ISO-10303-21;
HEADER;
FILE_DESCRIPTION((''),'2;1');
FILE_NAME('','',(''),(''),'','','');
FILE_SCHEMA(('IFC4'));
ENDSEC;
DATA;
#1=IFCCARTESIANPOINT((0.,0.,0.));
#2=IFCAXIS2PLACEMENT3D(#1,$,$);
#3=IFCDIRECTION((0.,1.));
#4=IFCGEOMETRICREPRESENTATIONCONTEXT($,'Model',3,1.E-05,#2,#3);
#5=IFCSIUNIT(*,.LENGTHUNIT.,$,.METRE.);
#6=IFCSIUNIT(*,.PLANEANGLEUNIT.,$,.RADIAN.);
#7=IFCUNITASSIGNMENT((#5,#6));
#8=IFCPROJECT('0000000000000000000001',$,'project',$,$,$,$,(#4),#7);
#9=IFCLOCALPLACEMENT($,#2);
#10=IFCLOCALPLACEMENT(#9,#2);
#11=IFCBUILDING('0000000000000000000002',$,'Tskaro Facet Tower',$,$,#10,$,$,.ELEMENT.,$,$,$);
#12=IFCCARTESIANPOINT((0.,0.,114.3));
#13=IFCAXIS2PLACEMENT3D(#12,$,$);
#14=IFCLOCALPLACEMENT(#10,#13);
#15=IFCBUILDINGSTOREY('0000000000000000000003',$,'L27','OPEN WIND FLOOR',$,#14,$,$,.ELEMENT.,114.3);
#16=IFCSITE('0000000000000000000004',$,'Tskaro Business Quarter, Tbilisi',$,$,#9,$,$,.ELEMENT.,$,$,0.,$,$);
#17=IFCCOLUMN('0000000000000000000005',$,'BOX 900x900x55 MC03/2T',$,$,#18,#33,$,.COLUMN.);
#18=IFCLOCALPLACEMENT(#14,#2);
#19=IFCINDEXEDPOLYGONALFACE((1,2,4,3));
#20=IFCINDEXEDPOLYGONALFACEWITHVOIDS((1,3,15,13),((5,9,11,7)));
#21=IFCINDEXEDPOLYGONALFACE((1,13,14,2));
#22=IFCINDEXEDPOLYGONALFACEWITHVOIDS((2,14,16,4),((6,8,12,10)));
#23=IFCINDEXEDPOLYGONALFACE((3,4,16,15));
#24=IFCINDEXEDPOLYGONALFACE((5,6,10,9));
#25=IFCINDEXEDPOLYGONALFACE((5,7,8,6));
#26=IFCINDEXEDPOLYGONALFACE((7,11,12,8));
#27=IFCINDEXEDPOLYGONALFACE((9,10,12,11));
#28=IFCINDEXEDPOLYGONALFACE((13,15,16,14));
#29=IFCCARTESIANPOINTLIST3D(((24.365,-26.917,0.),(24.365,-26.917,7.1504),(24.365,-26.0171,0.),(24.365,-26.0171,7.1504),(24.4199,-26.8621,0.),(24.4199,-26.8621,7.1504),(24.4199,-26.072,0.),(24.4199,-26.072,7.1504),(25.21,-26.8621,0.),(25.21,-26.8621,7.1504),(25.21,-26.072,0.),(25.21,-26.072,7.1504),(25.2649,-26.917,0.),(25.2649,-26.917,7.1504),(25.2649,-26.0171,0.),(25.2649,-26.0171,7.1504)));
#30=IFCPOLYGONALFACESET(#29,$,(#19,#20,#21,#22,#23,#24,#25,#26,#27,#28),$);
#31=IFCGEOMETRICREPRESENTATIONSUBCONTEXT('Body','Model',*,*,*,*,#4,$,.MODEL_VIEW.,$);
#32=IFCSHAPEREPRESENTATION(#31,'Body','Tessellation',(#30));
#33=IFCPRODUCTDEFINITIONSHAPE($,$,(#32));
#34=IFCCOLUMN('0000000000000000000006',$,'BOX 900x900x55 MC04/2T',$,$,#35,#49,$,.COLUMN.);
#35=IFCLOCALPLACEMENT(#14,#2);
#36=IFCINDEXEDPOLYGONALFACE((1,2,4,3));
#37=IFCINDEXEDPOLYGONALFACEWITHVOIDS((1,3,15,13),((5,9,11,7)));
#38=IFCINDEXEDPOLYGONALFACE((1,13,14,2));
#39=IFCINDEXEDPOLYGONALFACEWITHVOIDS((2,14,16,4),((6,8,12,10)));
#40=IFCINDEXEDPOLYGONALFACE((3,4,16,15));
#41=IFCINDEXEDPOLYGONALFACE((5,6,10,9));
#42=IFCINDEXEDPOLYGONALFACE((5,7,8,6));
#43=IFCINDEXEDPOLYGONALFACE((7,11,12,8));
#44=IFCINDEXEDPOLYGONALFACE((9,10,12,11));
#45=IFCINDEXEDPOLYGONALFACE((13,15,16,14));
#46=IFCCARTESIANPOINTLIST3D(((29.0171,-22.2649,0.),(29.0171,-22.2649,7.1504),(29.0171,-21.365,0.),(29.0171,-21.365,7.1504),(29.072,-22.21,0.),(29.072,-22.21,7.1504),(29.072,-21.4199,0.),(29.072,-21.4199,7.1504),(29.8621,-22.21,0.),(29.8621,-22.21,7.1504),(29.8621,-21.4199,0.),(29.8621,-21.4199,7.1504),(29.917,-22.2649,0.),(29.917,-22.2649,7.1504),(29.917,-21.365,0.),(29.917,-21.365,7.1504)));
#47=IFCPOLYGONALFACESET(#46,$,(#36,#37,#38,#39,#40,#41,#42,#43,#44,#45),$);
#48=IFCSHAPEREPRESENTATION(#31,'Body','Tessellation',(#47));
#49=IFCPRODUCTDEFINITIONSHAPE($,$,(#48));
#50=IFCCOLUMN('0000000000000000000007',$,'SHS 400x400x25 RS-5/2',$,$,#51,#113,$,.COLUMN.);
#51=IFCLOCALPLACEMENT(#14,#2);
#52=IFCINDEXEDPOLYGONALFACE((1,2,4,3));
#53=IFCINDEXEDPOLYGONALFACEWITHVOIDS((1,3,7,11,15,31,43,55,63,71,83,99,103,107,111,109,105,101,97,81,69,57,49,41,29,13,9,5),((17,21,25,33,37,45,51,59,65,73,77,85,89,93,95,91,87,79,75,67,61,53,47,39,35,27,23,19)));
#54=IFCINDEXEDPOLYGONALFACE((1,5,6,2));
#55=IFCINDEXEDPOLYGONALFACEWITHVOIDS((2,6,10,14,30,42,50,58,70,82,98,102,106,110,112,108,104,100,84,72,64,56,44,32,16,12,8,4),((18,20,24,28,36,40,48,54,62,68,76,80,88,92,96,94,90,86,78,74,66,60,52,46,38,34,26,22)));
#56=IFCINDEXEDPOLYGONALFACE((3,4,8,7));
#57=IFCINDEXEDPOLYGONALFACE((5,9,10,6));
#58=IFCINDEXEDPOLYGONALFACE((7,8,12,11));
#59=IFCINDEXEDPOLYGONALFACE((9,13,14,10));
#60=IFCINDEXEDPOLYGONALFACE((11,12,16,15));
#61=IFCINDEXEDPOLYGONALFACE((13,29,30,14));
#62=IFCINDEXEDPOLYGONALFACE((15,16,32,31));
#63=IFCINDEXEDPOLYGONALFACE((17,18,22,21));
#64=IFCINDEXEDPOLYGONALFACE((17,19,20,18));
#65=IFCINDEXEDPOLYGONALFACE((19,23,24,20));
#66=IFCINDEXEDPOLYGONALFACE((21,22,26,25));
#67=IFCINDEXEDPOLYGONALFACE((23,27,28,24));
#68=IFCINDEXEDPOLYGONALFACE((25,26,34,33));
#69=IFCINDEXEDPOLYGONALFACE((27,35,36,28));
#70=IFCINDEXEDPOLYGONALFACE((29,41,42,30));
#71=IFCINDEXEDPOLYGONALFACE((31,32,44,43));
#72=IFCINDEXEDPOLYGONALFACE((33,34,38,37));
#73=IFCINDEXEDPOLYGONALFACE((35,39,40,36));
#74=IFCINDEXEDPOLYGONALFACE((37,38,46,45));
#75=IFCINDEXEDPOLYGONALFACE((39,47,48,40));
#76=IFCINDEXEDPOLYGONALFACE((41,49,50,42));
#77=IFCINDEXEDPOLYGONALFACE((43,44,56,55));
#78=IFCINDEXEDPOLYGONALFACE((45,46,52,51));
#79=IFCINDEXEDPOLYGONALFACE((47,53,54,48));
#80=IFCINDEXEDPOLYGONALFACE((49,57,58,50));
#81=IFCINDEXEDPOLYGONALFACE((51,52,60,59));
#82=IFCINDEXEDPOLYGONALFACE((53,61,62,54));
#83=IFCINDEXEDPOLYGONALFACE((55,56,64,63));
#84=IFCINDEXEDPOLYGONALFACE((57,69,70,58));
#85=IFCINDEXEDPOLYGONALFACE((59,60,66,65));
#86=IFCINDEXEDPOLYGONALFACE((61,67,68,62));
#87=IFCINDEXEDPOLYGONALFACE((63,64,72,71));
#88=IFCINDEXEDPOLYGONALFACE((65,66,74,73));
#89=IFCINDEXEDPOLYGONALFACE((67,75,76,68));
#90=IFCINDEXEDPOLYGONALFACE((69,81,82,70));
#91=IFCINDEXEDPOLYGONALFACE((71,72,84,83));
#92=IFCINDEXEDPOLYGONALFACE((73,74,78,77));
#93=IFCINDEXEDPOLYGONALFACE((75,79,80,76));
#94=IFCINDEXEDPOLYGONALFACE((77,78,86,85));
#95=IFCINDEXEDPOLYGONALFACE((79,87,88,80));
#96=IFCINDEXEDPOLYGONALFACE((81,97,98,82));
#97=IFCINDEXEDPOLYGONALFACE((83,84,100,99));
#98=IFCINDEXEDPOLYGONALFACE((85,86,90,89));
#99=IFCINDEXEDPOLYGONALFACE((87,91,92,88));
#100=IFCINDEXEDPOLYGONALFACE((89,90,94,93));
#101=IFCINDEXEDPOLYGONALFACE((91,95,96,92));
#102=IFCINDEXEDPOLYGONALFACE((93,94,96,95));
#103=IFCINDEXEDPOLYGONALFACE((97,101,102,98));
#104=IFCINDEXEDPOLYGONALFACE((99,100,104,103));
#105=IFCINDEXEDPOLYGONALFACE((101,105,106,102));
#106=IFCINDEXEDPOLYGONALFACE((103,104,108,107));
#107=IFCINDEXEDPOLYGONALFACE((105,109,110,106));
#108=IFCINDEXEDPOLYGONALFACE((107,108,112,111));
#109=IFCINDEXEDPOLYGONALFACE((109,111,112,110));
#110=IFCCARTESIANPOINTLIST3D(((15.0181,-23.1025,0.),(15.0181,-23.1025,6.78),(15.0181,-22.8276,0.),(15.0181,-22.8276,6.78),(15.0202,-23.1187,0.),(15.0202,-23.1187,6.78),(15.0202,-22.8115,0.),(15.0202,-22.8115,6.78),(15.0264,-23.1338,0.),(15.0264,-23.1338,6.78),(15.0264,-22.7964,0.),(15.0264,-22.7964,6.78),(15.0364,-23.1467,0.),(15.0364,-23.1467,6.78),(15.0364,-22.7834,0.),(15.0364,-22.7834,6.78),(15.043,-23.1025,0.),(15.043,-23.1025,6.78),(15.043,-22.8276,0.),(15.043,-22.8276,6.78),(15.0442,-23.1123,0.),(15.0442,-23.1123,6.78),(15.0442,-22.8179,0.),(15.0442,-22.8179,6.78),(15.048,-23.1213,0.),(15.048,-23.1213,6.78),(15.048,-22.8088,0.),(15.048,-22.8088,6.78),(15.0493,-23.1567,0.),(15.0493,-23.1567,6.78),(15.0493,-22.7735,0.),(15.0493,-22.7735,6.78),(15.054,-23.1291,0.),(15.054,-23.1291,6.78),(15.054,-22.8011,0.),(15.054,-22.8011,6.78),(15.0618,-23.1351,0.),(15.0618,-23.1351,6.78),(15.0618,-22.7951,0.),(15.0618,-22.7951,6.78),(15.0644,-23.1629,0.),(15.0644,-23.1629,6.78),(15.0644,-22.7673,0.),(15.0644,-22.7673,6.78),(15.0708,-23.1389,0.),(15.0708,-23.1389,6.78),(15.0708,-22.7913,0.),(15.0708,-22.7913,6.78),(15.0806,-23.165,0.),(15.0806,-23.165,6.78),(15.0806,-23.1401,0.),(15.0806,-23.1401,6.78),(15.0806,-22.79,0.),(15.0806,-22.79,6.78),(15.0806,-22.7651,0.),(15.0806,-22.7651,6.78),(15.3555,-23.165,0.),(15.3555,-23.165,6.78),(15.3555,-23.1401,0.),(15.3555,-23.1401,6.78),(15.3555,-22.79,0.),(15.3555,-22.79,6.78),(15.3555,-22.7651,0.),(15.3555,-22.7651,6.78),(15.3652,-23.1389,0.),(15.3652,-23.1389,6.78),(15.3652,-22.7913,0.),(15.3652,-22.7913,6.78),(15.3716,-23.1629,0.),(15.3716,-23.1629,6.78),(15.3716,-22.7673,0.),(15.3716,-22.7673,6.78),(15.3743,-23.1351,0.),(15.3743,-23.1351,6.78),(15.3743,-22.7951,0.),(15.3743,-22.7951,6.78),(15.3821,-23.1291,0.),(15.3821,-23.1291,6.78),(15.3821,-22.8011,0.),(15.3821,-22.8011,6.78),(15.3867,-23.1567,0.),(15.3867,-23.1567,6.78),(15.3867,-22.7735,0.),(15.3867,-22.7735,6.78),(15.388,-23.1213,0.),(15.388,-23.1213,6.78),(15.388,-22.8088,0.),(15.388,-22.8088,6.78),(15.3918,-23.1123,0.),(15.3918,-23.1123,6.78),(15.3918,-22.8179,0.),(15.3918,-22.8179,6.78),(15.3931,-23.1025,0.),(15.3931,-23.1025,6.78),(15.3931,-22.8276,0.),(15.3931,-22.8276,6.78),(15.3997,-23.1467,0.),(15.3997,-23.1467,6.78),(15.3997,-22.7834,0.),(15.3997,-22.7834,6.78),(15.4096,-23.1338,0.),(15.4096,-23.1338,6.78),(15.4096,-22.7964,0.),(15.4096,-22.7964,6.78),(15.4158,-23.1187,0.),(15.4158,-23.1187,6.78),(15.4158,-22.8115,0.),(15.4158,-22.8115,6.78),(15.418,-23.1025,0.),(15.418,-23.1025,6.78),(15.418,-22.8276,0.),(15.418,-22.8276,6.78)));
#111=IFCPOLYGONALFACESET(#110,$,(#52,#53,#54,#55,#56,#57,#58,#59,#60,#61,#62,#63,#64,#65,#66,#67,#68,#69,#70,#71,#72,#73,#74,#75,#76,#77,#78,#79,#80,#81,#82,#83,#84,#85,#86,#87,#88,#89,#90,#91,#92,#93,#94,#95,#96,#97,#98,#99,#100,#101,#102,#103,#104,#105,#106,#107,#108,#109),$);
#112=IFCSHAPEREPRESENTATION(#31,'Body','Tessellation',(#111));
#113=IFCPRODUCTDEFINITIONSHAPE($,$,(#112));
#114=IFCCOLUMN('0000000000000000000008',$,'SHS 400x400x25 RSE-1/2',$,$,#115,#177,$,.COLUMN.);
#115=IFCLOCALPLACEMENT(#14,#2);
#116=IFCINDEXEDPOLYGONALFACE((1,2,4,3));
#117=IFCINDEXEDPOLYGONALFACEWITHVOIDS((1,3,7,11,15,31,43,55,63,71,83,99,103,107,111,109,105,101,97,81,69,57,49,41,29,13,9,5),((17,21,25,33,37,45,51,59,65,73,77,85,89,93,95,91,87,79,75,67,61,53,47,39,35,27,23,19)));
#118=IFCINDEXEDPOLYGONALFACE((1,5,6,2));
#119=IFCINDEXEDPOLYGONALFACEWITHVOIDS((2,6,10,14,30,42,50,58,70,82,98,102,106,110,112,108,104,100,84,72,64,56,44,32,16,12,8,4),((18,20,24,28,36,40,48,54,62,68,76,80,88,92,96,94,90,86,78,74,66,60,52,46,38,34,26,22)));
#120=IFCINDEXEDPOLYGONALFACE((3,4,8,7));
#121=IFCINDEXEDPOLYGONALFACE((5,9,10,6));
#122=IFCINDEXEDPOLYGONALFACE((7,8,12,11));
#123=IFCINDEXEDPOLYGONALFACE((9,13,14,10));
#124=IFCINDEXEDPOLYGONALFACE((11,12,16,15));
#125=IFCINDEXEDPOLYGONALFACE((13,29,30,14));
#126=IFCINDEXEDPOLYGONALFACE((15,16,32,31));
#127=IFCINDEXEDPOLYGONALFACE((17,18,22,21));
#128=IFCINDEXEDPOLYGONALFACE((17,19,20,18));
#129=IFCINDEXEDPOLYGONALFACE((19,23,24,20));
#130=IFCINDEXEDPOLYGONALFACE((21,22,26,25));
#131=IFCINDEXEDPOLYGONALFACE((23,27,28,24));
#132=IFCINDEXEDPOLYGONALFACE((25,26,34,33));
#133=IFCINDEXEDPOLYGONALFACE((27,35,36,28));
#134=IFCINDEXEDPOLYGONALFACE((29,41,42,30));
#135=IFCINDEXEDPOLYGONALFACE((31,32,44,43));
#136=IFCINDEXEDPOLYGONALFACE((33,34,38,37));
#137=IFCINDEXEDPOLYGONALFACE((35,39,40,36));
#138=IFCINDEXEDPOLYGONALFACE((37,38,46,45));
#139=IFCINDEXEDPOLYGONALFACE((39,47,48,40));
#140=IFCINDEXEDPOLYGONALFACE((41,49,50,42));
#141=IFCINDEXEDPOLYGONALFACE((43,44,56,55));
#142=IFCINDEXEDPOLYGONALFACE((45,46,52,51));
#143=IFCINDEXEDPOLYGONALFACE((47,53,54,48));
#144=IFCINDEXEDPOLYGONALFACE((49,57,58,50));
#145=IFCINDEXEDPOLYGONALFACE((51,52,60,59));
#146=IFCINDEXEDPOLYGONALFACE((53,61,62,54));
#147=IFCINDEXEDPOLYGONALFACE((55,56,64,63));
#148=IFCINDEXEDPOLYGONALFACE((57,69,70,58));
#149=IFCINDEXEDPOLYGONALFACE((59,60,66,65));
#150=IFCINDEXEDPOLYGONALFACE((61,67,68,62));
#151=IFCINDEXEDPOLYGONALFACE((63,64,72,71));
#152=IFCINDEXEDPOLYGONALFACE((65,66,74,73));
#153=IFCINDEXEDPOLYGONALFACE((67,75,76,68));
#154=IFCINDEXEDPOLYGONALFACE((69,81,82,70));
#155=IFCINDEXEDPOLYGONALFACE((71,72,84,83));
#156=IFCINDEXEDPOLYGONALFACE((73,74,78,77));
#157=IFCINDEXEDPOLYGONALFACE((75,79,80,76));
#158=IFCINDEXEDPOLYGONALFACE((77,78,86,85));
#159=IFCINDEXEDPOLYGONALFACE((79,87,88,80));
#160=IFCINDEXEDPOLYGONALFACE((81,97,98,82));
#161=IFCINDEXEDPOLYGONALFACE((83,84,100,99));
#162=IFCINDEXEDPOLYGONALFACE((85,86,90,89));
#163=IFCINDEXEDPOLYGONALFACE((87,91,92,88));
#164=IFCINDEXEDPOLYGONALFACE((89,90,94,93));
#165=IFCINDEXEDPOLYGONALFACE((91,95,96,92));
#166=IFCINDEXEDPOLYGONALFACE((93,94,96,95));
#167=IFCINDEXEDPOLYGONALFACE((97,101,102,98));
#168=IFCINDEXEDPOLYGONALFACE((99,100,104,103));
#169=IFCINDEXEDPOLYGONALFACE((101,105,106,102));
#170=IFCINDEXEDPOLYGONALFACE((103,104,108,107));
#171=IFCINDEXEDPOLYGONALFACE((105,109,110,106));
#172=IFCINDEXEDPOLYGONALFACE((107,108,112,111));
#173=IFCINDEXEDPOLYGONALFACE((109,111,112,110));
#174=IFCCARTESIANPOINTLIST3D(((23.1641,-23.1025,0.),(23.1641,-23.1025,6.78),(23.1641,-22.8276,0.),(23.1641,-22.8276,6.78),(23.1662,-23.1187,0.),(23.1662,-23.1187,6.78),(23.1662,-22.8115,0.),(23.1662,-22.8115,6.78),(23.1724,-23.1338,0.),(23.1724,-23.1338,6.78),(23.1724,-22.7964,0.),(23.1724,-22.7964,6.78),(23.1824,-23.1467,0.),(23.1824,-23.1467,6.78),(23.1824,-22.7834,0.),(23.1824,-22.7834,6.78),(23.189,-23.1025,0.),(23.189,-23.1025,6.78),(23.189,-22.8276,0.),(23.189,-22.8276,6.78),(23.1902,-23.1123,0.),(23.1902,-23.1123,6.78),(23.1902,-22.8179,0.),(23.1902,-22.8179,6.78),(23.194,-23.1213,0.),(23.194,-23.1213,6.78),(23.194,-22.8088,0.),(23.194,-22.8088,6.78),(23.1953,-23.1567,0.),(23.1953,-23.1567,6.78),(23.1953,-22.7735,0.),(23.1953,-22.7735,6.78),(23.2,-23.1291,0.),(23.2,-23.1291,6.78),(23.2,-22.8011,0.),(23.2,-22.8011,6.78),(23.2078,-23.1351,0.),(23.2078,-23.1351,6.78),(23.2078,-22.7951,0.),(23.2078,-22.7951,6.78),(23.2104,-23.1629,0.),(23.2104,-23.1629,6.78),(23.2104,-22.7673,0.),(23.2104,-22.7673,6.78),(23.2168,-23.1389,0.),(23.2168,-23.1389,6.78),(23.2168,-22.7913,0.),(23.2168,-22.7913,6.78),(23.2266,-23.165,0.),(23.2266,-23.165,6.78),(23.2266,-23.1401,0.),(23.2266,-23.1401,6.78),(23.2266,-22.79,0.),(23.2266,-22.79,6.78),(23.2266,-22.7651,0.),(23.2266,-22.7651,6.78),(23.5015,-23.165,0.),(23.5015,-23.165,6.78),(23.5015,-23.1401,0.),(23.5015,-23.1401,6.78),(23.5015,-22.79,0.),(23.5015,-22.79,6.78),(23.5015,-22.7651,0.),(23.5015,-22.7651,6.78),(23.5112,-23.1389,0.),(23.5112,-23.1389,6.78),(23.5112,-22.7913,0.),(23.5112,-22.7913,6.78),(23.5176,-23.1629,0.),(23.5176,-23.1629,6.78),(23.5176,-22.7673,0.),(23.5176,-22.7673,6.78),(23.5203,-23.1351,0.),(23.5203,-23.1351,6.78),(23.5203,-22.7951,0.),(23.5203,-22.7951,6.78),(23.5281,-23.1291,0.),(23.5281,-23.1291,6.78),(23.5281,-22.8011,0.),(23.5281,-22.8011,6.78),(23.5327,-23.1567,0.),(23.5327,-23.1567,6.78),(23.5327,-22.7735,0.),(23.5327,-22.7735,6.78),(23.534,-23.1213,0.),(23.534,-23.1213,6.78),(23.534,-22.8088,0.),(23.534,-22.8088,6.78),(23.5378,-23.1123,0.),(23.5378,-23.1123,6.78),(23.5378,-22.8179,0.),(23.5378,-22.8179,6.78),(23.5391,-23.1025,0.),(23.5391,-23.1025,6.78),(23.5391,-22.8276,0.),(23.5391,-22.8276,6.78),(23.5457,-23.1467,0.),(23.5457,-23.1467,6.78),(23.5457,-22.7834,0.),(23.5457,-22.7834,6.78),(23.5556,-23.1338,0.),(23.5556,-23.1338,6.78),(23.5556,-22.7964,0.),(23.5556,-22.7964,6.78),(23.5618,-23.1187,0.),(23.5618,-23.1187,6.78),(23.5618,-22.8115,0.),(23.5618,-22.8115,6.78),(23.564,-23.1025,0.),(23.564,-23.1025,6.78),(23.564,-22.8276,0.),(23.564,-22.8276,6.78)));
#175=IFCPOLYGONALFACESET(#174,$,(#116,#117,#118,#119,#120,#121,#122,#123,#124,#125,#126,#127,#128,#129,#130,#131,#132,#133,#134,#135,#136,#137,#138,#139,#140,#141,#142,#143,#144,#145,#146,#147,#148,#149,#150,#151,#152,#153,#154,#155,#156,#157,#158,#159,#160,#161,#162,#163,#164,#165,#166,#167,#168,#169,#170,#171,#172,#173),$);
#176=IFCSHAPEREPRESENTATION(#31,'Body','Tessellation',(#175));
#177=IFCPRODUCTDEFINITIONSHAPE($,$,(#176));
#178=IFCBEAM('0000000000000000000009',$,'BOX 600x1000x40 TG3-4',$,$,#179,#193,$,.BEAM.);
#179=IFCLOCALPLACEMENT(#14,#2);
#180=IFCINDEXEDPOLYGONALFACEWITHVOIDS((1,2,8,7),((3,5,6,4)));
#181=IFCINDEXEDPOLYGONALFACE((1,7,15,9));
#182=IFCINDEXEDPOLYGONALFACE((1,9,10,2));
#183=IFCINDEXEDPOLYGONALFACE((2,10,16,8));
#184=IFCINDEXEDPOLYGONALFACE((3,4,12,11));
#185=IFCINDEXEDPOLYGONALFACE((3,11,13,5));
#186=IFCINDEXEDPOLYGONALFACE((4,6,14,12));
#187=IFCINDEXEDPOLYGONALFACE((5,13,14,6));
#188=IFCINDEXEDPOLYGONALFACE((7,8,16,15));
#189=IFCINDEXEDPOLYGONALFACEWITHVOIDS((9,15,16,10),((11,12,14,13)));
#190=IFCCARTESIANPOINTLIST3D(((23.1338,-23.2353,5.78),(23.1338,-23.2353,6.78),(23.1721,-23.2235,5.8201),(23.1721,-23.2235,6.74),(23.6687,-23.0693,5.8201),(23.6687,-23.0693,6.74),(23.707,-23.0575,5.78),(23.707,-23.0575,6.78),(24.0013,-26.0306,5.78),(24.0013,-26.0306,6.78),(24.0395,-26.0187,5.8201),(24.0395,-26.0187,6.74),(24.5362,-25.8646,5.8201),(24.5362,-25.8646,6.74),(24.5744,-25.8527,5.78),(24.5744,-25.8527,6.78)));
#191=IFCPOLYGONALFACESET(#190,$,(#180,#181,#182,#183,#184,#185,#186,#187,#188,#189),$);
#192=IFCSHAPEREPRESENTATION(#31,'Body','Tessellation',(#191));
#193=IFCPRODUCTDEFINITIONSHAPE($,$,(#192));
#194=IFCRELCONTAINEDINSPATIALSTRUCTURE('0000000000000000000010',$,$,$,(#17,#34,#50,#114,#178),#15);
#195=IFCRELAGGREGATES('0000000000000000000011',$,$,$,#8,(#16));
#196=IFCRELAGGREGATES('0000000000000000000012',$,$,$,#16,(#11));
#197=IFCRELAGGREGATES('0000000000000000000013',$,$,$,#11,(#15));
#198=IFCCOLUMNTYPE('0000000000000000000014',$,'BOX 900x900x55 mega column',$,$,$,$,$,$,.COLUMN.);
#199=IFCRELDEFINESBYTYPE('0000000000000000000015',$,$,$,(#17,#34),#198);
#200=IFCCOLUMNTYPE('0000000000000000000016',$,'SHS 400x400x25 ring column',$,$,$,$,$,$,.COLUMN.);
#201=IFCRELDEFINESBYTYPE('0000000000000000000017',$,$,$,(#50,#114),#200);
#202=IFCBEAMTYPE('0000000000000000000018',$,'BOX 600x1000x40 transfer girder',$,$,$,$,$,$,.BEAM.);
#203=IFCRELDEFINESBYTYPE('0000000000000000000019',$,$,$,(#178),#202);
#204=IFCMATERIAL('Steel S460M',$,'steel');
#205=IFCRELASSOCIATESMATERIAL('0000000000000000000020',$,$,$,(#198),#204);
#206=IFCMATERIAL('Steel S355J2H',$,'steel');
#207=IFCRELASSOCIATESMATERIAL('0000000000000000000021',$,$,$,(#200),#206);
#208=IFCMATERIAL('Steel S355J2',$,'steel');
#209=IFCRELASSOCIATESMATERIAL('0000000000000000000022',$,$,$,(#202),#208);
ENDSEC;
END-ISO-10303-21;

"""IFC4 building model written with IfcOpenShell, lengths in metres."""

from ifc_helpers import new_model, si_unit, direction, frame, origin, origin_2d, place, context, subcontext, project, spatial, hollow_rectangle, extrude, material, material_profile, profile_set, type_object, element, save


model = new_model("IFC4")

# Units and contexts
model_context = context("Model", 3, precision=1e-05, world=origin(), true_north=direction((0.0, 1.0)))
body_context = subcontext(model_context, "Body", "Model", "MODEL_VIEW")
ifc_project = project(units=[si_unit("LENGTHUNIT", "METRE"), si_unit("PLANEANGLEUNIT", "RADIAN")], contexts=[model_context])

# Site, building, storey
site_placement = place(None, origin())
site = spatial("IfcSite", under=ifc_project, at=site_placement, Name="Tskaro Business Quarter, Tbilisi", CompositionType="ELEMENT", RefElevation=0.0)
building_placement = place(site_placement, origin())
building = spatial("IfcBuilding", under=site, at=building_placement, Name="Tskaro Facet Tower", CompositionType="ELEMENT")
storey_placement = place(building_placement, frame((0.0, 0.0, 114.3)))
storey = spatial("IfcBuildingStorey", under=building, at=storey_placement, Name="L27", Description="OPEN WIND FLOOR", CompositionType="ELEMENT", Elevation=114.3)

# Columns
ifc_material_1 = material(Name="Steel S460M", Category="steel")
ifc_material_profile_1 = material_profile(ifc_material_1, hollow_rectangle(XDim=0.8999, YDim=0.8999, WallThickness=0.0549, at=origin_2d()), Name="BOX 900x900x55")
ifc_profile_set_1 = profile_set([ifc_material_profile_1], Name="Steel S460M")
column_type_1 = type_object("IfcColumnType", Name="BOX 900x900x55 mega column", PredefinedType="COLUMN", material=ifc_profile_set_1)
for number, where, z_axis, x_axis, name in (
    (1, (24.8149, -26.467, 0.0), (0.0, 0.0, 1.0), (1.0, 0.0, 0.0), "BOX 900x900x55 MC03/2T"),
    (2, (29.467, -21.8149, 0.0), (0.0, 0.0, 1.0), (1.0, 0.0, 0.0), "BOX 900x900x55 MC04/2T"),
):
    element("IfcColumn", number, at=place(storey_placement, frame(where, z_axis=z_axis, x_axis=x_axis)), inside=storey, type_object=column_type_1, Name=name, PredefinedType="COLUMN", context=body_context, shape_type="SweptSolid", body=[
        extrude(hollow_rectangle(XDim=0.8999, YDim=0.8999, WallThickness=0.0549, at=origin_2d()), origin(), (0.0, 0.0, 1.0), 7.1504),
    ])
ifc_material_2 = material(Name="Steel S355J2H", Category="steel")
ifc_material_profile_2 = material_profile(ifc_material_2, hollow_rectangle(XDim=0.3999, YDim=0.3999, WallThickness=0.0249, InnerFilletRadius=0.0376, OuterFilletRadius=0.0625, at=origin_2d()), Name="SHS 400x400x25")
ifc_profile_set_2 = profile_set([ifc_material_profile_2], Name="Steel S355J2H")
column_type_2 = type_object("IfcColumnType", Name="SHS 400x400x25 ring column", PredefinedType="COLUMN", material=ifc_profile_set_2)
for number, where, z_axis, x_axis, name in (
    (3, (15.218, -22.9651, 0.0), (0.0, 0.0, 1.0), (1.0, 0.0, 0.0), "SHS 400x400x25 RS-5/2"),
    (4, (23.364, -22.9651, 0.0), (0.0, 0.0, 1.0), (1.0, 0.0, 0.0), "SHS 400x400x25 RSE-1/2"),
):
    element("IfcColumn", number, at=place(storey_placement, frame(where, z_axis=z_axis, x_axis=x_axis)), inside=storey, type_object=column_type_2, Name=name, PredefinedType="COLUMN", context=body_context, shape_type="SweptSolid", body=[
        extrude(hollow_rectangle(XDim=0.3999, YDim=0.3999, WallThickness=0.0249, InnerFilletRadius=0.0376, OuterFilletRadius=0.0625, at=origin_2d()), origin(), (0.0, 0.0, 1.0), 6.78),
    ])

# Beam
ifc_material_3 = material(Name="Steel S355J2", Category="steel")
ifc_material_profile_3 = material_profile(ifc_material_3, hollow_rectangle(XDim=0.6001, YDim=1.0, WallThickness=0.04, at=origin_2d()), Name="BOX 600x1000x40")
ifc_profile_set_3 = profile_set([ifc_material_profile_3], Name="Steel S355J2")
beam_type_1 = type_object("IfcBeamType", Name="BOX 600x1000x40 transfer girder", PredefinedType="BEAM", material=ifc_profile_set_3)
for number, where, z_axis, x_axis, name in (
    (5, (24.2878, -25.9417, 6.28), (-0.296389, 0.955067, 0.0), (-0.955067, -0.296389, 0.0), "BOX 600x1000x40 TG3-4"),
):
    element("IfcBeam", number, at=place(storey_placement, frame(where, z_axis=z_axis, x_axis=x_axis)), inside=storey, type_object=beam_type_1, Name=name, PredefinedType="BEAM", context=body_context, shape_type="SweptSolid", body=[
        extrude(hollow_rectangle(XDim=0.6001, YDim=1.0, WallThickness=0.04, at=origin_2d()), origin(), (0.0, 0.0, 1.0), 2.9268),
    ])

save(model, "model.ifc")
